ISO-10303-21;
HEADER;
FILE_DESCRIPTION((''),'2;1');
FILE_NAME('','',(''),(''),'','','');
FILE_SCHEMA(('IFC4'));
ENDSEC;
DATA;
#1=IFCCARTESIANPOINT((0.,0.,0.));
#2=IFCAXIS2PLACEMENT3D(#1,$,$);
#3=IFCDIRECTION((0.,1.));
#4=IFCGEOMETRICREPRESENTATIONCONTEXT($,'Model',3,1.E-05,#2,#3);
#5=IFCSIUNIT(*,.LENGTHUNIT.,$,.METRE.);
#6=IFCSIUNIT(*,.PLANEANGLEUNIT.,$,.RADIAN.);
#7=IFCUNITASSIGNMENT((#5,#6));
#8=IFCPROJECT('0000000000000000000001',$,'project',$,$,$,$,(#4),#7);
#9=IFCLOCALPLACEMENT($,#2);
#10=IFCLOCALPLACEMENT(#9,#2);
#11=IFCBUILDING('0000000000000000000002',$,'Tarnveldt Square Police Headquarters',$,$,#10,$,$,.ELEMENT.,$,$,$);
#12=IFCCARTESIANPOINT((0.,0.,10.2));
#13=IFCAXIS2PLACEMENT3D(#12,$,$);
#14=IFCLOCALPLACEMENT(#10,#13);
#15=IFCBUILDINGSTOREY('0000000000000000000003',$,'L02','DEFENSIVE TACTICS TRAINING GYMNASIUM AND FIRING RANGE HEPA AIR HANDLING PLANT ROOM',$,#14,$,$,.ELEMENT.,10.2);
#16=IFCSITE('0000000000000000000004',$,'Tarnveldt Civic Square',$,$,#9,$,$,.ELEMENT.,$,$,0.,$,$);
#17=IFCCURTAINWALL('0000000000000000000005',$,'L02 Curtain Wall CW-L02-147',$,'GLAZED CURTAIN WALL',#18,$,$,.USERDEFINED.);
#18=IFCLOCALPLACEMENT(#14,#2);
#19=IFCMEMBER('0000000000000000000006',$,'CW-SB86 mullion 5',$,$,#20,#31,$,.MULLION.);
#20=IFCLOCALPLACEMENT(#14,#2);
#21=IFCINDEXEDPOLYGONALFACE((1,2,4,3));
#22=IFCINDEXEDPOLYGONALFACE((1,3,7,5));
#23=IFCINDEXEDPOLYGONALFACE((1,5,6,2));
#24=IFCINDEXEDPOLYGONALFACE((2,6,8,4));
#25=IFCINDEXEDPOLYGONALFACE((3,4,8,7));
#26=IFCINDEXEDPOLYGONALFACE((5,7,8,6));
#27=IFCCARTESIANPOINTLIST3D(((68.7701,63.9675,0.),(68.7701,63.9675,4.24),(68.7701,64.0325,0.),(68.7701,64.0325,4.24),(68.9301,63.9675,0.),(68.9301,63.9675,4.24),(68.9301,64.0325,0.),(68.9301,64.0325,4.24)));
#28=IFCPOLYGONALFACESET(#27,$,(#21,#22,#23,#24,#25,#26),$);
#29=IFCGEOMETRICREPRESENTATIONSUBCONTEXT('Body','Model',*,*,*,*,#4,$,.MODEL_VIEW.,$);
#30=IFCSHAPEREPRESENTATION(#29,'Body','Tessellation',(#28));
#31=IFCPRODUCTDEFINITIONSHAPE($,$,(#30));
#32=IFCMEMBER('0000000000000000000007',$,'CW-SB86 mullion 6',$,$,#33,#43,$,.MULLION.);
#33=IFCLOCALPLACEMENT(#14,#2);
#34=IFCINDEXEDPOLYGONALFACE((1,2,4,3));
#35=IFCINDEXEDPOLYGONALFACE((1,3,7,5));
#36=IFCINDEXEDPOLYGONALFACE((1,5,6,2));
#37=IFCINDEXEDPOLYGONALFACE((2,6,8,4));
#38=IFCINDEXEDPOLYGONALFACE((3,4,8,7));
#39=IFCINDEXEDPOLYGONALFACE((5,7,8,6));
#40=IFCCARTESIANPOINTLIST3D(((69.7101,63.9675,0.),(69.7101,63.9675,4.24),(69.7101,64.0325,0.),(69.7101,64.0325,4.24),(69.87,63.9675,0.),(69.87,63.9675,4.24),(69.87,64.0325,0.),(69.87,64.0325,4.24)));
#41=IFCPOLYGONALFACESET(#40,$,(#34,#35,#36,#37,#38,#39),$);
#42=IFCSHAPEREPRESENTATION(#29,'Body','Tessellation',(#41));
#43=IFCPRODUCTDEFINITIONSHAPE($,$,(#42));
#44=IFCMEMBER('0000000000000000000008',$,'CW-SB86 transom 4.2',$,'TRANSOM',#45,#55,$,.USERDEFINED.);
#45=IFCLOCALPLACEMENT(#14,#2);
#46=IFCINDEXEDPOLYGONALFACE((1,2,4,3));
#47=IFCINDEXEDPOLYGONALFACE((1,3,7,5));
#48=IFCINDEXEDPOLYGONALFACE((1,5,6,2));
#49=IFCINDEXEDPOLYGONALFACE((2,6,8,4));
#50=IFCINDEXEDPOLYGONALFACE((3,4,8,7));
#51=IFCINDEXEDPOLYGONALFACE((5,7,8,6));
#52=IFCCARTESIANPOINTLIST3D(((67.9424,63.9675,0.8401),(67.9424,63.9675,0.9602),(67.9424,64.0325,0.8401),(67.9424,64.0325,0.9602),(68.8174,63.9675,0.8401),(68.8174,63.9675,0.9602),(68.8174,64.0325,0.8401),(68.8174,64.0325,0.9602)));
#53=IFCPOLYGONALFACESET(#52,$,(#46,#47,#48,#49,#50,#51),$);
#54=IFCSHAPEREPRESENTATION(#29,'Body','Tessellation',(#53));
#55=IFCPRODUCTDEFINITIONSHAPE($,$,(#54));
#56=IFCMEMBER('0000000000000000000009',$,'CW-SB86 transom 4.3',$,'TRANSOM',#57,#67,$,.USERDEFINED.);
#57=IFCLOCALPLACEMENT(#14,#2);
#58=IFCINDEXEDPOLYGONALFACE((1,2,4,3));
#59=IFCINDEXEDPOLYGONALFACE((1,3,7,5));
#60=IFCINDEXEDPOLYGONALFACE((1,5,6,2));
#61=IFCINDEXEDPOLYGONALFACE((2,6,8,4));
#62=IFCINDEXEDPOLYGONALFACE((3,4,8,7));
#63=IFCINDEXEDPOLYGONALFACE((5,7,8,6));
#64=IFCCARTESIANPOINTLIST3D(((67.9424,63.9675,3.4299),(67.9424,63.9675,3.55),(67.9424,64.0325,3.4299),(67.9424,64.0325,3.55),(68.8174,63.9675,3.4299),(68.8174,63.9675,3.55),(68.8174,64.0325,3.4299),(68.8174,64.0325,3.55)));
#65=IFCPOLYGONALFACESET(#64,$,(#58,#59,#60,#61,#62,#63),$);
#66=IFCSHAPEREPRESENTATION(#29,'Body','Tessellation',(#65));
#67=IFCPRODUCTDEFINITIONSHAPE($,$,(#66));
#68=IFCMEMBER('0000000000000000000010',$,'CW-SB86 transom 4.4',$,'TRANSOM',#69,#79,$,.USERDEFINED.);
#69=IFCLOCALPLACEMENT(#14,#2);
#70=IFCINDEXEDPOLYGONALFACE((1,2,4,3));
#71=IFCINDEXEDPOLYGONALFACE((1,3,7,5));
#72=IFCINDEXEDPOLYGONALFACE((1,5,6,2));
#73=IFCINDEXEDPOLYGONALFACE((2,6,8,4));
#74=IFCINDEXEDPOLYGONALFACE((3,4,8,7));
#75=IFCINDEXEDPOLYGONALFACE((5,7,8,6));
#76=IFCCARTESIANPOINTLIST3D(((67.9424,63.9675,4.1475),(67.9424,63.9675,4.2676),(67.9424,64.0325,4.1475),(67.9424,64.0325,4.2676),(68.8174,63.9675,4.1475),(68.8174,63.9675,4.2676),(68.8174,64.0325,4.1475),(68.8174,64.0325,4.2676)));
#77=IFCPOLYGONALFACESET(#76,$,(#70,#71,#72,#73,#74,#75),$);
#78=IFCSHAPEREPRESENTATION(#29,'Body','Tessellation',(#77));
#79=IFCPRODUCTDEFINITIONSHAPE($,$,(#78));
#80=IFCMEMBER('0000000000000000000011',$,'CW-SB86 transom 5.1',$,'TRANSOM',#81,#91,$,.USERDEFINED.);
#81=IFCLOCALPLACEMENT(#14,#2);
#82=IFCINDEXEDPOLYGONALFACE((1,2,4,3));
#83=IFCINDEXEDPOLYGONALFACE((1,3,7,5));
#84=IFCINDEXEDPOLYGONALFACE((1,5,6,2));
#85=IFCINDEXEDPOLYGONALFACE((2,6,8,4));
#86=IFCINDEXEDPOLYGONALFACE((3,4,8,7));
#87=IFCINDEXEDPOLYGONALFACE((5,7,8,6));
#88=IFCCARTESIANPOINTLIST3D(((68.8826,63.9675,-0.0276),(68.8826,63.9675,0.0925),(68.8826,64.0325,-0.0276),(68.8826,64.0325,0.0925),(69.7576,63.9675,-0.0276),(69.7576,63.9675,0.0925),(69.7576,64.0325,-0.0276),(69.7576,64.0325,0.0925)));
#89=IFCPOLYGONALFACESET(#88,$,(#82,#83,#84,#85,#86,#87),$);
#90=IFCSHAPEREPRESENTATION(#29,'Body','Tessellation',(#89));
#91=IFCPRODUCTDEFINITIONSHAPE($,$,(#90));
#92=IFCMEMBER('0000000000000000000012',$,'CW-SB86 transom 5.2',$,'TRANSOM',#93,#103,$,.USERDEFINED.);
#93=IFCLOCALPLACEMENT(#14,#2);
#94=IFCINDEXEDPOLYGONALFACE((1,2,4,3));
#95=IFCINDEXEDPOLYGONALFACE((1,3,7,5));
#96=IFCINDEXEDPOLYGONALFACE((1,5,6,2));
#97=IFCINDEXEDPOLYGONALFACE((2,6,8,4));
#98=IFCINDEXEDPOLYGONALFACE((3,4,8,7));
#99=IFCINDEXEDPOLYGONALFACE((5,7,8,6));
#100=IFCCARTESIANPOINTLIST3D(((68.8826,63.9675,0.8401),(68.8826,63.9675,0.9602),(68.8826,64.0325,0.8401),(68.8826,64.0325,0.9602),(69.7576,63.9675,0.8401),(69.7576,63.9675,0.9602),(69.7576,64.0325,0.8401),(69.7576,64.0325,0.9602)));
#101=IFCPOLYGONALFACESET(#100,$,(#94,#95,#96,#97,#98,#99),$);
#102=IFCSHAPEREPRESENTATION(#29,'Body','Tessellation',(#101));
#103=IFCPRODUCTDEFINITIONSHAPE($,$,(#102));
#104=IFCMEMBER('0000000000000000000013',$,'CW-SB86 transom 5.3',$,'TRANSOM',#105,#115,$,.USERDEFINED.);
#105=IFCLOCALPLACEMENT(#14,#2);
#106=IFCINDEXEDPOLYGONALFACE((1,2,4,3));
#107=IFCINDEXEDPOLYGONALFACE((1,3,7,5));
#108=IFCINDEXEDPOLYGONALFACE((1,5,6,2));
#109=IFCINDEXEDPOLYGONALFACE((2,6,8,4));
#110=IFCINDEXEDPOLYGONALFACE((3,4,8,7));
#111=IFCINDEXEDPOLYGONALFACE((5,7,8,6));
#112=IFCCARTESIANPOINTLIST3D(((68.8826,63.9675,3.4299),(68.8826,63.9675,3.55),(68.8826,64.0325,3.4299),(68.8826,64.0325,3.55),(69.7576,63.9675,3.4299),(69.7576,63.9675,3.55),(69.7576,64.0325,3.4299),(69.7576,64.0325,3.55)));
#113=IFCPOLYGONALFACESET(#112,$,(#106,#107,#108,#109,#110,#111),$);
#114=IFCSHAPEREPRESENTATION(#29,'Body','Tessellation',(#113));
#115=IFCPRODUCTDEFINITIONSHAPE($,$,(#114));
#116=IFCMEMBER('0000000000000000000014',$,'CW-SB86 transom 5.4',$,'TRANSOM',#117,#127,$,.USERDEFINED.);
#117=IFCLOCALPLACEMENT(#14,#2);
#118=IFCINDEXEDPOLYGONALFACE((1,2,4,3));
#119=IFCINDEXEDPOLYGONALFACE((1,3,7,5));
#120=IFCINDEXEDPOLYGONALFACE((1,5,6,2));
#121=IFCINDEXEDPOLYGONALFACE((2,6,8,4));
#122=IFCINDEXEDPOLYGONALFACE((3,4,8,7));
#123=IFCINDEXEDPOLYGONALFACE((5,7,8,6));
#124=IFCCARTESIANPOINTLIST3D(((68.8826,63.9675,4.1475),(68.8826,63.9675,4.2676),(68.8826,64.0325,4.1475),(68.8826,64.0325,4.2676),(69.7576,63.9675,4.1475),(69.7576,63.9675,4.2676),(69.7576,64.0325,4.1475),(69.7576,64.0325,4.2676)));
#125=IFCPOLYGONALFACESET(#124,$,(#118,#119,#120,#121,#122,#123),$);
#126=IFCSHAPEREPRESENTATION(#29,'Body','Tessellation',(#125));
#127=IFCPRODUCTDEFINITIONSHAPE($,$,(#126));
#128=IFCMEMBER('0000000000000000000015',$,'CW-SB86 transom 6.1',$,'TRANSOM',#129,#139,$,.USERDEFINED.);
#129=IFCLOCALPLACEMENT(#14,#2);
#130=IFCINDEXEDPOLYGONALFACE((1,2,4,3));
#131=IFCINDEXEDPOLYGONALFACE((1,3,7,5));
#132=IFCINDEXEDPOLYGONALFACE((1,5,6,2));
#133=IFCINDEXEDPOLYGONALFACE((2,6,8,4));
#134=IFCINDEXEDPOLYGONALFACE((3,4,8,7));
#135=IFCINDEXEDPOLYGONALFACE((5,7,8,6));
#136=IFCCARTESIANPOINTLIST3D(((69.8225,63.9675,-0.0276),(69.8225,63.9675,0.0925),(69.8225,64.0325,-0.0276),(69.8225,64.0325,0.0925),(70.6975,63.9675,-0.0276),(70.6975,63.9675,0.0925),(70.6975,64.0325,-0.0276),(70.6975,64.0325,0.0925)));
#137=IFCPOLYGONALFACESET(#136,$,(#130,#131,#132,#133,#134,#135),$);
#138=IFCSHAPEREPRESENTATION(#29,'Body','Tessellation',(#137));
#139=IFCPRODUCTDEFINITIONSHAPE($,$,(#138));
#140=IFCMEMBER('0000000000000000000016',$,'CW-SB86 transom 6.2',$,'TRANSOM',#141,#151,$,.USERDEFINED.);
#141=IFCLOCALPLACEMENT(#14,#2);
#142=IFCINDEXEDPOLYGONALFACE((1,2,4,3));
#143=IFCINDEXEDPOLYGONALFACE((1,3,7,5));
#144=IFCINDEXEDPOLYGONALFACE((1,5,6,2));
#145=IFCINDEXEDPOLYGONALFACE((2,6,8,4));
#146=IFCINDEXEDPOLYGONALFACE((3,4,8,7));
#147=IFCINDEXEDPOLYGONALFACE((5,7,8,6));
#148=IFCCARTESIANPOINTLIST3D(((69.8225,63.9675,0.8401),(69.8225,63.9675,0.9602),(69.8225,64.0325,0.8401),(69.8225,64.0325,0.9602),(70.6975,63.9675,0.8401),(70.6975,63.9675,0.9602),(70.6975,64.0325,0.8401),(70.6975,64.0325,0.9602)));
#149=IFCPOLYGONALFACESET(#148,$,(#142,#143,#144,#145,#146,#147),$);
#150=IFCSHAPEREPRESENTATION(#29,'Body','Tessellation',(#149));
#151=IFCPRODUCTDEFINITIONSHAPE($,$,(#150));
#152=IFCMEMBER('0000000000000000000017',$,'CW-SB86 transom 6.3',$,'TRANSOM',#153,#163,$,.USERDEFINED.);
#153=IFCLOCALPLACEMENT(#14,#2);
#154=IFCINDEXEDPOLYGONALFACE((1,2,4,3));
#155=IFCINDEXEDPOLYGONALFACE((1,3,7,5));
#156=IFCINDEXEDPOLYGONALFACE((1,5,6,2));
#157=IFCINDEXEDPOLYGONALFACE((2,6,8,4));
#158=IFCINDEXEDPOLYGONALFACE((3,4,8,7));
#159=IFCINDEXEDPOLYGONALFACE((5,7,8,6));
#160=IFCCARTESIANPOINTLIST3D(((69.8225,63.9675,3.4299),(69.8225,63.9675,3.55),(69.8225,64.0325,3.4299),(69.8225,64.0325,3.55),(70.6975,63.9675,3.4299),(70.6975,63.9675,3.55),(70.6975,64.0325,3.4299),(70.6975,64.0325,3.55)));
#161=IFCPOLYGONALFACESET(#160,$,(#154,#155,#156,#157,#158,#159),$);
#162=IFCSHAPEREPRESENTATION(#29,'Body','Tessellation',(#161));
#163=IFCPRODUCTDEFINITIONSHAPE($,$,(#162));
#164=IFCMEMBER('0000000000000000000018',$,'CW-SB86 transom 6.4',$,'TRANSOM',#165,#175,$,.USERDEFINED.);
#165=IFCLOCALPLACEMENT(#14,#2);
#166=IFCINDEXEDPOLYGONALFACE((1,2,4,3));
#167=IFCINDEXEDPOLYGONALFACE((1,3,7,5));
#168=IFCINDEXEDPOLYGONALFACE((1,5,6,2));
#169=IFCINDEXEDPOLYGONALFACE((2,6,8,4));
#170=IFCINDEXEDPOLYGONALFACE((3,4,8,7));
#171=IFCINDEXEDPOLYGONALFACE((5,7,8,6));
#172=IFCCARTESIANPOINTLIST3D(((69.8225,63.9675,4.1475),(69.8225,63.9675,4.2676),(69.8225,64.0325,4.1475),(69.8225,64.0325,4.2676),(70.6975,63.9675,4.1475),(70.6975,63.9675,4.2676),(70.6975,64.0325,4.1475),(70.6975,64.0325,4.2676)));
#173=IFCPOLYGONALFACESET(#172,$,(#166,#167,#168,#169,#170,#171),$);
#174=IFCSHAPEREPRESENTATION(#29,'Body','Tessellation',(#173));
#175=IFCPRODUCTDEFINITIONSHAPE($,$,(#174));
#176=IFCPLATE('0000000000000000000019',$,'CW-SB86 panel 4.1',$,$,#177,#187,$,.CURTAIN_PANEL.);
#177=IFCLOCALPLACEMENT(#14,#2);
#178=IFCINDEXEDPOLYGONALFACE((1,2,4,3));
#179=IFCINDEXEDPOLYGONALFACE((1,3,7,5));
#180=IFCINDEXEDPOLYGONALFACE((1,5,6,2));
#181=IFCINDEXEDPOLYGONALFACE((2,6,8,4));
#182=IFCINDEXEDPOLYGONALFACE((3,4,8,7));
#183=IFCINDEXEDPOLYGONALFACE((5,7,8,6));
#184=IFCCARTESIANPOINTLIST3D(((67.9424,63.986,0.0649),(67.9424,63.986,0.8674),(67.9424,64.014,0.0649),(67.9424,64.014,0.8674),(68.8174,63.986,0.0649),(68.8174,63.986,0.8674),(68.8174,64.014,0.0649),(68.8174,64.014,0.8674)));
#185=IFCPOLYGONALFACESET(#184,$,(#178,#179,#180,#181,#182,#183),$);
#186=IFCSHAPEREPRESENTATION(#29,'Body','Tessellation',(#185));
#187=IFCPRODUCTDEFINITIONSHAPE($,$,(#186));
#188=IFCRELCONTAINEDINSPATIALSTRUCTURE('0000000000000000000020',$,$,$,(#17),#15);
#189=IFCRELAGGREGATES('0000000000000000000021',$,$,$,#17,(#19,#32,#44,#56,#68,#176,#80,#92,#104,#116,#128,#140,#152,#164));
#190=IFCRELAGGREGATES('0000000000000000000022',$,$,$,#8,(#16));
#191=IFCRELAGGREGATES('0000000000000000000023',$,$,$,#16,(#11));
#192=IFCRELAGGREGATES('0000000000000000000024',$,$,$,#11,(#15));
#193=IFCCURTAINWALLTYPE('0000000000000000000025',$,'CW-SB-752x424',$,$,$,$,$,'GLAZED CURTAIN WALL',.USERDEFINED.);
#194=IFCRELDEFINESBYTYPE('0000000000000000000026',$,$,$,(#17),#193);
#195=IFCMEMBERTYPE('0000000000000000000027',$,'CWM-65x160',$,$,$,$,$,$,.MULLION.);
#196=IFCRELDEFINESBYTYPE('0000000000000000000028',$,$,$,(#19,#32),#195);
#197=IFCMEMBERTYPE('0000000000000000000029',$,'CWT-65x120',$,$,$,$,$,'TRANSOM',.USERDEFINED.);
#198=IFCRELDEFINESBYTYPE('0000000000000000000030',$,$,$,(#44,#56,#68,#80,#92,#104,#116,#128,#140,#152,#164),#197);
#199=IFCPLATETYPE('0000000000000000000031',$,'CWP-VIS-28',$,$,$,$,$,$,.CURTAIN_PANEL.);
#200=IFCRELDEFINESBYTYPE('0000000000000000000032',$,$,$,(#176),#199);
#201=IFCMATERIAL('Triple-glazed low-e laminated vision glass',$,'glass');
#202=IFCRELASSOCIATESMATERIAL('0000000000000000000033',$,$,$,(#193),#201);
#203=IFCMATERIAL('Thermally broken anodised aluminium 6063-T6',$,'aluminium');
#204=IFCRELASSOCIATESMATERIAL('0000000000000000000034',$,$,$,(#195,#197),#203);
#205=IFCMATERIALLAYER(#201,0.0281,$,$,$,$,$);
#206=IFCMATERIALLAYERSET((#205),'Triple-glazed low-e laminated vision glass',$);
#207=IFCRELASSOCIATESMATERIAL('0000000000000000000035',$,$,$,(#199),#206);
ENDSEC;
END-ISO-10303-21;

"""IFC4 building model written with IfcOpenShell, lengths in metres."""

from ifc_helpers import new_model, si_unit, direction, frame, origin, origin_2d, place, context, subcontext, project, spatial, rectangle, extrude, material, layer, layer_set, material_profile, profile_set, type_object, element, aggregate, save


model = new_model("IFC4")

# Units and contexts
model_context = context("Model", 3, precision=1e-05, world=origin(), true_north=direction((0.0, 1.0)))
body_context = subcontext(model_context, "Body", "Model", "MODEL_VIEW")
ifc_project = project(units=[si_unit("LENGTHUNIT", "METRE"), si_unit("PLANEANGLEUNIT", "RADIAN")], contexts=[model_context])

# Site, building, storey
site_placement = place(None, origin())
site = spatial("IfcSite", under=ifc_project, at=site_placement, Name="Tarnveldt Civic Square", CompositionType="ELEMENT", RefElevation=0.0)
building_placement = place(site_placement, origin())
building = spatial("IfcBuilding", under=site, at=building_placement, Name="Tarnveldt Square Police Headquarters", CompositionType="ELEMENT")
storey_placement = place(building_placement, frame((0.0, 0.0, 10.2)))
storey = spatial("IfcBuildingStorey", under=building, at=storey_placement, Name="L02", Description="DEFENSIVE TACTICS TRAINING GYMNASIUM AND FIRING RANGE HEPA AIR HANDLING PLANT ROOM", CompositionType="ELEMENT", Elevation=10.2)

# Curtain wall, members, plate
ifc_material_1 = material(Name="Triple-glazed low-e laminated vision glass", Category="glass")
curtain_wall_type = type_object("IfcCurtainWallType", Name="CW-SB-752x424", ElementType="GLAZED CURTAIN WALL", PredefinedType="USERDEFINED", material=ifc_material_1)
curtain_wall_placement = place(storey_placement, origin())
curtain_wall = element("IfcCurtainWall", 1, at=curtain_wall_placement, inside=storey, type_object=curtain_wall_type, Name="L02 Curtain Wall CW-L02-147", ObjectType="GLAZED CURTAIN WALL", PredefinedType="USERDEFINED")
ifc_material_2 = material(Name="Thermally broken anodised aluminium 6063-T6", Category="aluminium")
ifc_material_profile_1 = material_profile(ifc_material_2, rectangle(XDim=0.0649, YDim=0.1599, at=origin_2d()), Name="CW-M65x160")
ifc_profile_set_1 = profile_set([ifc_material_profile_1], Name="Thermally broken anodised aluminium 6063-T6")
member_type_1 = type_object("IfcMemberType", Name="CWM-65x160", PredefinedType="MULLION", material=ifc_profile_set_1)
member_1_placement = place(storey_placement, frame((68.8501, 64.0, 0.0), z_axis=(0.0, 0.0, 1.0), x_axis=(0.0, 1.0, 0.0)))
member_1 = element("IfcMember", 2, at=member_1_placement, type_object=member_type_1, Name="CW-SB86 mullion 5", PredefinedType="MULLION", context=body_context, shape_type="SweptSolid", body=[
    extrude(rectangle(XDim=0.0649, YDim=0.1599, at=origin_2d()), origin(), (0.0, 0.0, 1.0), 4.24),
])
member_2_placement = place(storey_placement, frame((69.79, 64.0, 0.0), z_axis=(0.0, 0.0, 1.0), x_axis=(0.0, 1.0, 0.0)))
member_2 = element("IfcMember", 3, at=member_2_placement, type_object=member_type_1, Name="CW-SB86 mullion 6", PredefinedType="MULLION", context=body_context, shape_type="SweptSolid", body=[
    extrude(rectangle(XDim=0.0649, YDim=0.1599, at=origin_2d()), origin(), (0.0, 0.0, 1.0), 4.24),
])
ifc_material_profile_2 = material_profile(ifc_material_2, rectangle(XDim=0.0649, YDim=0.1201, at=origin_2d()), Name="CW-T65x120")
ifc_profile_set_2 = profile_set([ifc_material_profile_2], Name="Thermally broken anodised aluminium 6063-T6")
member_type_2 = type_object("IfcMemberType", Name="CWT-65x120", ElementType="TRANSOM", PredefinedType="USERDEFINED", material=ifc_profile_set_2)
member_3_placement = place(storey_placement, frame((67.9424, 64.0, 0.9001), z_axis=(1.0, 0.0, 0.0), x_axis=(0.0, 1.0, 0.0)))
member_3 = element("IfcMember", 4, at=member_3_placement, type_object=member_type_2, Name="CW-SB86 transom 4.2", ObjectType="TRANSOM", PredefinedType="USERDEFINED", context=body_context, shape_type="SweptSolid", body=[
    extrude(rectangle(XDim=0.0649, YDim=0.1201, at=origin_2d()), origin(), (0.0, 0.0, 1.0), 0.875),
])
member_4_placement = place(storey_placement, frame((67.9424, 64.0, 3.49), z_axis=(1.0, 0.0, 0.0), x_axis=(0.0, 1.0, 0.0)))
member_4 = element("IfcMember", 5, at=member_4_placement, type_object=member_type_2, Name="CW-SB86 transom 4.3", ObjectType="TRANSOM", PredefinedType="USERDEFINED", context=body_context, shape_type="SweptSolid", body=[
    extrude(rectangle(XDim=0.0649, YDim=0.1201, at=origin_2d()), origin(), (0.0, 0.0, 1.0), 0.875),
])
member_5_placement = place(storey_placement, frame((67.9424, 64.0, 4.2075), z_axis=(1.0, 0.0, 0.0), x_axis=(0.0, 1.0, 0.0)))
member_5 = element("IfcMember", 6, at=member_5_placement, type_object=member_type_2, Name="CW-SB86 transom 4.4", ObjectType="TRANSOM", PredefinedType="USERDEFINED", context=body_context, shape_type="SweptSolid", body=[
    extrude(rectangle(XDim=0.0649, YDim=0.1201, at=origin_2d()), origin(), (0.0, 0.0, 1.0), 0.875),
])
member_6_placement = place(storey_placement, frame((68.8826, 64.0, 0.0325), z_axis=(1.0, 0.0, 0.0), x_axis=(0.0, 1.0, 0.0)))
member_6 = element("IfcMember", 7, at=member_6_placement, type_object=member_type_2, Name="CW-SB86 transom 5.1", ObjectType="TRANSOM", PredefinedType="USERDEFINED", context=body_context, shape_type="SweptSolid", body=[
    extrude(rectangle(XDim=0.0649, YDim=0.1201, at=origin_2d()), origin(), (0.0, 0.0, 1.0), 0.875),
])
member_7_placement = place(storey_placement, frame((68.8826, 64.0, 0.9001), z_axis=(1.0, 0.0, 0.0), x_axis=(0.0, 1.0, 0.0)))
member_7 = element("IfcMember", 8, at=member_7_placement, type_object=member_type_2, Name="CW-SB86 transom 5.2", ObjectType="TRANSOM", PredefinedType="USERDEFINED", context=body_context, shape_type="SweptSolid", body=[
    extrude(rectangle(XDim=0.0649, YDim=0.1201, at=origin_2d()), origin(), (0.0, 0.0, 1.0), 0.875),
])
member_8_placement = place(storey_placement, frame((68.8826, 64.0, 3.49), z_axis=(1.0, 0.0, 0.0), x_axis=(0.0, 1.0, 0.0)))
member_8 = element("IfcMember", 9, at=member_8_placement, type_object=member_type_2, Name="CW-SB86 transom 5.3", ObjectType="TRANSOM", PredefinedType="USERDEFINED", context=body_context, shape_type="SweptSolid", body=[
    extrude(rectangle(XDim=0.0649, YDim=0.1201, at=origin_2d()), origin(), (0.0, 0.0, 1.0), 0.875),
])
member_9_placement = place(storey_placement, frame((68.8826, 64.0, 4.2075), z_axis=(1.0, 0.0, 0.0), x_axis=(0.0, 1.0, 0.0)))
member_9 = element("IfcMember", 10, at=member_9_placement, type_object=member_type_2, Name="CW-SB86 transom 5.4", ObjectType="TRANSOM", PredefinedType="USERDEFINED", context=body_context, shape_type="SweptSolid", body=[
    extrude(rectangle(XDim=0.0649, YDim=0.1201, at=origin_2d()), origin(), (0.0, 0.0, 1.0), 0.875),
])
member_10_placement = place(storey_placement, frame((69.8225, 64.0, 0.0325), z_axis=(1.0, 0.0, 0.0), x_axis=(0.0, 1.0, 0.0)))
member_10 = element("IfcMember", 11, at=member_10_placement, type_object=member_type_2, Name="CW-SB86 transom 6.1", ObjectType="TRANSOM", PredefinedType="USERDEFINED", context=body_context, shape_type="SweptSolid", body=[
    extrude(rectangle(XDim=0.0649, YDim=0.1201, at=origin_2d()), origin(), (0.0, 0.0, 1.0), 0.875),
])
member_11_placement = place(storey_placement, frame((69.8225, 64.0, 0.9001), z_axis=(1.0, 0.0, 0.0), x_axis=(0.0, 1.0, 0.0)))
member_11 = element("IfcMember", 12, at=member_11_placement, type_object=member_type_2, Name="CW-SB86 transom 6.2", ObjectType="TRANSOM", PredefinedType="USERDEFINED", context=body_context, shape_type="SweptSolid", body=[
    extrude(rectangle(XDim=0.0649, YDim=0.1201, at=origin_2d()), origin(), (0.0, 0.0, 1.0), 0.875),
])
member_12_placement = place(storey_placement, frame((69.8225, 64.0, 3.49), z_axis=(1.0, 0.0, 0.0), x_axis=(0.0, 1.0, 0.0)))
member_12 = element("IfcMember", 13, at=member_12_placement, type_object=member_type_2, Name="CW-SB86 transom 6.3", ObjectType="TRANSOM", PredefinedType="USERDEFINED", context=body_context, shape_type="SweptSolid", body=[
    extrude(rectangle(XDim=0.0649, YDim=0.1201, at=origin_2d()), origin(), (0.0, 0.0, 1.0), 0.875),
])
member_13_placement = place(storey_placement, frame((69.8225, 64.0, 4.2075), z_axis=(1.0, 0.0, 0.0), x_axis=(0.0, 1.0, 0.0)))
member_13 = element("IfcMember", 14, at=member_13_placement, type_object=member_type_2, Name="CW-SB86 transom 6.4", ObjectType="TRANSOM", PredefinedType="USERDEFINED", context=body_context, shape_type="SweptSolid", body=[
    extrude(rectangle(XDim=0.0649, YDim=0.1201, at=origin_2d()), origin(), (0.0, 0.0, 1.0), 0.875),
])
ifc_layer = layer(ifc_material_1, 0.0281)
ifc_layer_set = layer_set([ifc_layer], Name="Triple-glazed low-e laminated vision glass")
plate_type = type_object("IfcPlateType", Name="CWP-VIS-28", PredefinedType="CURTAIN_PANEL", material=ifc_layer_set)
plate_1_placement = place(storey_placement, frame((68.3799, 64.0, 0.0649), z_axis=(0.0, 0.0, 1.0), x_axis=(1.0, 0.0, 0.0)))
plate_1 = element("IfcPlate", 15, at=plate_1_placement, type_object=plate_type, Name="CW-SB86 panel 4.1", PredefinedType="CURTAIN_PANEL", context=body_context, shape_type="SweptSolid", body=[
    extrude(rectangle(XDim=0.875, YDim=0.0281, at=origin_2d()), origin(), (0.0, 0.0, 1.0), 0.8025),
])
aggregate(curtain_wall, [member_1, member_2, member_3, member_4, member_5, plate_1, member_6, member_7, member_8, member_9, member_10, member_11, member_12, member_13])

save(model, "model.ifc")
